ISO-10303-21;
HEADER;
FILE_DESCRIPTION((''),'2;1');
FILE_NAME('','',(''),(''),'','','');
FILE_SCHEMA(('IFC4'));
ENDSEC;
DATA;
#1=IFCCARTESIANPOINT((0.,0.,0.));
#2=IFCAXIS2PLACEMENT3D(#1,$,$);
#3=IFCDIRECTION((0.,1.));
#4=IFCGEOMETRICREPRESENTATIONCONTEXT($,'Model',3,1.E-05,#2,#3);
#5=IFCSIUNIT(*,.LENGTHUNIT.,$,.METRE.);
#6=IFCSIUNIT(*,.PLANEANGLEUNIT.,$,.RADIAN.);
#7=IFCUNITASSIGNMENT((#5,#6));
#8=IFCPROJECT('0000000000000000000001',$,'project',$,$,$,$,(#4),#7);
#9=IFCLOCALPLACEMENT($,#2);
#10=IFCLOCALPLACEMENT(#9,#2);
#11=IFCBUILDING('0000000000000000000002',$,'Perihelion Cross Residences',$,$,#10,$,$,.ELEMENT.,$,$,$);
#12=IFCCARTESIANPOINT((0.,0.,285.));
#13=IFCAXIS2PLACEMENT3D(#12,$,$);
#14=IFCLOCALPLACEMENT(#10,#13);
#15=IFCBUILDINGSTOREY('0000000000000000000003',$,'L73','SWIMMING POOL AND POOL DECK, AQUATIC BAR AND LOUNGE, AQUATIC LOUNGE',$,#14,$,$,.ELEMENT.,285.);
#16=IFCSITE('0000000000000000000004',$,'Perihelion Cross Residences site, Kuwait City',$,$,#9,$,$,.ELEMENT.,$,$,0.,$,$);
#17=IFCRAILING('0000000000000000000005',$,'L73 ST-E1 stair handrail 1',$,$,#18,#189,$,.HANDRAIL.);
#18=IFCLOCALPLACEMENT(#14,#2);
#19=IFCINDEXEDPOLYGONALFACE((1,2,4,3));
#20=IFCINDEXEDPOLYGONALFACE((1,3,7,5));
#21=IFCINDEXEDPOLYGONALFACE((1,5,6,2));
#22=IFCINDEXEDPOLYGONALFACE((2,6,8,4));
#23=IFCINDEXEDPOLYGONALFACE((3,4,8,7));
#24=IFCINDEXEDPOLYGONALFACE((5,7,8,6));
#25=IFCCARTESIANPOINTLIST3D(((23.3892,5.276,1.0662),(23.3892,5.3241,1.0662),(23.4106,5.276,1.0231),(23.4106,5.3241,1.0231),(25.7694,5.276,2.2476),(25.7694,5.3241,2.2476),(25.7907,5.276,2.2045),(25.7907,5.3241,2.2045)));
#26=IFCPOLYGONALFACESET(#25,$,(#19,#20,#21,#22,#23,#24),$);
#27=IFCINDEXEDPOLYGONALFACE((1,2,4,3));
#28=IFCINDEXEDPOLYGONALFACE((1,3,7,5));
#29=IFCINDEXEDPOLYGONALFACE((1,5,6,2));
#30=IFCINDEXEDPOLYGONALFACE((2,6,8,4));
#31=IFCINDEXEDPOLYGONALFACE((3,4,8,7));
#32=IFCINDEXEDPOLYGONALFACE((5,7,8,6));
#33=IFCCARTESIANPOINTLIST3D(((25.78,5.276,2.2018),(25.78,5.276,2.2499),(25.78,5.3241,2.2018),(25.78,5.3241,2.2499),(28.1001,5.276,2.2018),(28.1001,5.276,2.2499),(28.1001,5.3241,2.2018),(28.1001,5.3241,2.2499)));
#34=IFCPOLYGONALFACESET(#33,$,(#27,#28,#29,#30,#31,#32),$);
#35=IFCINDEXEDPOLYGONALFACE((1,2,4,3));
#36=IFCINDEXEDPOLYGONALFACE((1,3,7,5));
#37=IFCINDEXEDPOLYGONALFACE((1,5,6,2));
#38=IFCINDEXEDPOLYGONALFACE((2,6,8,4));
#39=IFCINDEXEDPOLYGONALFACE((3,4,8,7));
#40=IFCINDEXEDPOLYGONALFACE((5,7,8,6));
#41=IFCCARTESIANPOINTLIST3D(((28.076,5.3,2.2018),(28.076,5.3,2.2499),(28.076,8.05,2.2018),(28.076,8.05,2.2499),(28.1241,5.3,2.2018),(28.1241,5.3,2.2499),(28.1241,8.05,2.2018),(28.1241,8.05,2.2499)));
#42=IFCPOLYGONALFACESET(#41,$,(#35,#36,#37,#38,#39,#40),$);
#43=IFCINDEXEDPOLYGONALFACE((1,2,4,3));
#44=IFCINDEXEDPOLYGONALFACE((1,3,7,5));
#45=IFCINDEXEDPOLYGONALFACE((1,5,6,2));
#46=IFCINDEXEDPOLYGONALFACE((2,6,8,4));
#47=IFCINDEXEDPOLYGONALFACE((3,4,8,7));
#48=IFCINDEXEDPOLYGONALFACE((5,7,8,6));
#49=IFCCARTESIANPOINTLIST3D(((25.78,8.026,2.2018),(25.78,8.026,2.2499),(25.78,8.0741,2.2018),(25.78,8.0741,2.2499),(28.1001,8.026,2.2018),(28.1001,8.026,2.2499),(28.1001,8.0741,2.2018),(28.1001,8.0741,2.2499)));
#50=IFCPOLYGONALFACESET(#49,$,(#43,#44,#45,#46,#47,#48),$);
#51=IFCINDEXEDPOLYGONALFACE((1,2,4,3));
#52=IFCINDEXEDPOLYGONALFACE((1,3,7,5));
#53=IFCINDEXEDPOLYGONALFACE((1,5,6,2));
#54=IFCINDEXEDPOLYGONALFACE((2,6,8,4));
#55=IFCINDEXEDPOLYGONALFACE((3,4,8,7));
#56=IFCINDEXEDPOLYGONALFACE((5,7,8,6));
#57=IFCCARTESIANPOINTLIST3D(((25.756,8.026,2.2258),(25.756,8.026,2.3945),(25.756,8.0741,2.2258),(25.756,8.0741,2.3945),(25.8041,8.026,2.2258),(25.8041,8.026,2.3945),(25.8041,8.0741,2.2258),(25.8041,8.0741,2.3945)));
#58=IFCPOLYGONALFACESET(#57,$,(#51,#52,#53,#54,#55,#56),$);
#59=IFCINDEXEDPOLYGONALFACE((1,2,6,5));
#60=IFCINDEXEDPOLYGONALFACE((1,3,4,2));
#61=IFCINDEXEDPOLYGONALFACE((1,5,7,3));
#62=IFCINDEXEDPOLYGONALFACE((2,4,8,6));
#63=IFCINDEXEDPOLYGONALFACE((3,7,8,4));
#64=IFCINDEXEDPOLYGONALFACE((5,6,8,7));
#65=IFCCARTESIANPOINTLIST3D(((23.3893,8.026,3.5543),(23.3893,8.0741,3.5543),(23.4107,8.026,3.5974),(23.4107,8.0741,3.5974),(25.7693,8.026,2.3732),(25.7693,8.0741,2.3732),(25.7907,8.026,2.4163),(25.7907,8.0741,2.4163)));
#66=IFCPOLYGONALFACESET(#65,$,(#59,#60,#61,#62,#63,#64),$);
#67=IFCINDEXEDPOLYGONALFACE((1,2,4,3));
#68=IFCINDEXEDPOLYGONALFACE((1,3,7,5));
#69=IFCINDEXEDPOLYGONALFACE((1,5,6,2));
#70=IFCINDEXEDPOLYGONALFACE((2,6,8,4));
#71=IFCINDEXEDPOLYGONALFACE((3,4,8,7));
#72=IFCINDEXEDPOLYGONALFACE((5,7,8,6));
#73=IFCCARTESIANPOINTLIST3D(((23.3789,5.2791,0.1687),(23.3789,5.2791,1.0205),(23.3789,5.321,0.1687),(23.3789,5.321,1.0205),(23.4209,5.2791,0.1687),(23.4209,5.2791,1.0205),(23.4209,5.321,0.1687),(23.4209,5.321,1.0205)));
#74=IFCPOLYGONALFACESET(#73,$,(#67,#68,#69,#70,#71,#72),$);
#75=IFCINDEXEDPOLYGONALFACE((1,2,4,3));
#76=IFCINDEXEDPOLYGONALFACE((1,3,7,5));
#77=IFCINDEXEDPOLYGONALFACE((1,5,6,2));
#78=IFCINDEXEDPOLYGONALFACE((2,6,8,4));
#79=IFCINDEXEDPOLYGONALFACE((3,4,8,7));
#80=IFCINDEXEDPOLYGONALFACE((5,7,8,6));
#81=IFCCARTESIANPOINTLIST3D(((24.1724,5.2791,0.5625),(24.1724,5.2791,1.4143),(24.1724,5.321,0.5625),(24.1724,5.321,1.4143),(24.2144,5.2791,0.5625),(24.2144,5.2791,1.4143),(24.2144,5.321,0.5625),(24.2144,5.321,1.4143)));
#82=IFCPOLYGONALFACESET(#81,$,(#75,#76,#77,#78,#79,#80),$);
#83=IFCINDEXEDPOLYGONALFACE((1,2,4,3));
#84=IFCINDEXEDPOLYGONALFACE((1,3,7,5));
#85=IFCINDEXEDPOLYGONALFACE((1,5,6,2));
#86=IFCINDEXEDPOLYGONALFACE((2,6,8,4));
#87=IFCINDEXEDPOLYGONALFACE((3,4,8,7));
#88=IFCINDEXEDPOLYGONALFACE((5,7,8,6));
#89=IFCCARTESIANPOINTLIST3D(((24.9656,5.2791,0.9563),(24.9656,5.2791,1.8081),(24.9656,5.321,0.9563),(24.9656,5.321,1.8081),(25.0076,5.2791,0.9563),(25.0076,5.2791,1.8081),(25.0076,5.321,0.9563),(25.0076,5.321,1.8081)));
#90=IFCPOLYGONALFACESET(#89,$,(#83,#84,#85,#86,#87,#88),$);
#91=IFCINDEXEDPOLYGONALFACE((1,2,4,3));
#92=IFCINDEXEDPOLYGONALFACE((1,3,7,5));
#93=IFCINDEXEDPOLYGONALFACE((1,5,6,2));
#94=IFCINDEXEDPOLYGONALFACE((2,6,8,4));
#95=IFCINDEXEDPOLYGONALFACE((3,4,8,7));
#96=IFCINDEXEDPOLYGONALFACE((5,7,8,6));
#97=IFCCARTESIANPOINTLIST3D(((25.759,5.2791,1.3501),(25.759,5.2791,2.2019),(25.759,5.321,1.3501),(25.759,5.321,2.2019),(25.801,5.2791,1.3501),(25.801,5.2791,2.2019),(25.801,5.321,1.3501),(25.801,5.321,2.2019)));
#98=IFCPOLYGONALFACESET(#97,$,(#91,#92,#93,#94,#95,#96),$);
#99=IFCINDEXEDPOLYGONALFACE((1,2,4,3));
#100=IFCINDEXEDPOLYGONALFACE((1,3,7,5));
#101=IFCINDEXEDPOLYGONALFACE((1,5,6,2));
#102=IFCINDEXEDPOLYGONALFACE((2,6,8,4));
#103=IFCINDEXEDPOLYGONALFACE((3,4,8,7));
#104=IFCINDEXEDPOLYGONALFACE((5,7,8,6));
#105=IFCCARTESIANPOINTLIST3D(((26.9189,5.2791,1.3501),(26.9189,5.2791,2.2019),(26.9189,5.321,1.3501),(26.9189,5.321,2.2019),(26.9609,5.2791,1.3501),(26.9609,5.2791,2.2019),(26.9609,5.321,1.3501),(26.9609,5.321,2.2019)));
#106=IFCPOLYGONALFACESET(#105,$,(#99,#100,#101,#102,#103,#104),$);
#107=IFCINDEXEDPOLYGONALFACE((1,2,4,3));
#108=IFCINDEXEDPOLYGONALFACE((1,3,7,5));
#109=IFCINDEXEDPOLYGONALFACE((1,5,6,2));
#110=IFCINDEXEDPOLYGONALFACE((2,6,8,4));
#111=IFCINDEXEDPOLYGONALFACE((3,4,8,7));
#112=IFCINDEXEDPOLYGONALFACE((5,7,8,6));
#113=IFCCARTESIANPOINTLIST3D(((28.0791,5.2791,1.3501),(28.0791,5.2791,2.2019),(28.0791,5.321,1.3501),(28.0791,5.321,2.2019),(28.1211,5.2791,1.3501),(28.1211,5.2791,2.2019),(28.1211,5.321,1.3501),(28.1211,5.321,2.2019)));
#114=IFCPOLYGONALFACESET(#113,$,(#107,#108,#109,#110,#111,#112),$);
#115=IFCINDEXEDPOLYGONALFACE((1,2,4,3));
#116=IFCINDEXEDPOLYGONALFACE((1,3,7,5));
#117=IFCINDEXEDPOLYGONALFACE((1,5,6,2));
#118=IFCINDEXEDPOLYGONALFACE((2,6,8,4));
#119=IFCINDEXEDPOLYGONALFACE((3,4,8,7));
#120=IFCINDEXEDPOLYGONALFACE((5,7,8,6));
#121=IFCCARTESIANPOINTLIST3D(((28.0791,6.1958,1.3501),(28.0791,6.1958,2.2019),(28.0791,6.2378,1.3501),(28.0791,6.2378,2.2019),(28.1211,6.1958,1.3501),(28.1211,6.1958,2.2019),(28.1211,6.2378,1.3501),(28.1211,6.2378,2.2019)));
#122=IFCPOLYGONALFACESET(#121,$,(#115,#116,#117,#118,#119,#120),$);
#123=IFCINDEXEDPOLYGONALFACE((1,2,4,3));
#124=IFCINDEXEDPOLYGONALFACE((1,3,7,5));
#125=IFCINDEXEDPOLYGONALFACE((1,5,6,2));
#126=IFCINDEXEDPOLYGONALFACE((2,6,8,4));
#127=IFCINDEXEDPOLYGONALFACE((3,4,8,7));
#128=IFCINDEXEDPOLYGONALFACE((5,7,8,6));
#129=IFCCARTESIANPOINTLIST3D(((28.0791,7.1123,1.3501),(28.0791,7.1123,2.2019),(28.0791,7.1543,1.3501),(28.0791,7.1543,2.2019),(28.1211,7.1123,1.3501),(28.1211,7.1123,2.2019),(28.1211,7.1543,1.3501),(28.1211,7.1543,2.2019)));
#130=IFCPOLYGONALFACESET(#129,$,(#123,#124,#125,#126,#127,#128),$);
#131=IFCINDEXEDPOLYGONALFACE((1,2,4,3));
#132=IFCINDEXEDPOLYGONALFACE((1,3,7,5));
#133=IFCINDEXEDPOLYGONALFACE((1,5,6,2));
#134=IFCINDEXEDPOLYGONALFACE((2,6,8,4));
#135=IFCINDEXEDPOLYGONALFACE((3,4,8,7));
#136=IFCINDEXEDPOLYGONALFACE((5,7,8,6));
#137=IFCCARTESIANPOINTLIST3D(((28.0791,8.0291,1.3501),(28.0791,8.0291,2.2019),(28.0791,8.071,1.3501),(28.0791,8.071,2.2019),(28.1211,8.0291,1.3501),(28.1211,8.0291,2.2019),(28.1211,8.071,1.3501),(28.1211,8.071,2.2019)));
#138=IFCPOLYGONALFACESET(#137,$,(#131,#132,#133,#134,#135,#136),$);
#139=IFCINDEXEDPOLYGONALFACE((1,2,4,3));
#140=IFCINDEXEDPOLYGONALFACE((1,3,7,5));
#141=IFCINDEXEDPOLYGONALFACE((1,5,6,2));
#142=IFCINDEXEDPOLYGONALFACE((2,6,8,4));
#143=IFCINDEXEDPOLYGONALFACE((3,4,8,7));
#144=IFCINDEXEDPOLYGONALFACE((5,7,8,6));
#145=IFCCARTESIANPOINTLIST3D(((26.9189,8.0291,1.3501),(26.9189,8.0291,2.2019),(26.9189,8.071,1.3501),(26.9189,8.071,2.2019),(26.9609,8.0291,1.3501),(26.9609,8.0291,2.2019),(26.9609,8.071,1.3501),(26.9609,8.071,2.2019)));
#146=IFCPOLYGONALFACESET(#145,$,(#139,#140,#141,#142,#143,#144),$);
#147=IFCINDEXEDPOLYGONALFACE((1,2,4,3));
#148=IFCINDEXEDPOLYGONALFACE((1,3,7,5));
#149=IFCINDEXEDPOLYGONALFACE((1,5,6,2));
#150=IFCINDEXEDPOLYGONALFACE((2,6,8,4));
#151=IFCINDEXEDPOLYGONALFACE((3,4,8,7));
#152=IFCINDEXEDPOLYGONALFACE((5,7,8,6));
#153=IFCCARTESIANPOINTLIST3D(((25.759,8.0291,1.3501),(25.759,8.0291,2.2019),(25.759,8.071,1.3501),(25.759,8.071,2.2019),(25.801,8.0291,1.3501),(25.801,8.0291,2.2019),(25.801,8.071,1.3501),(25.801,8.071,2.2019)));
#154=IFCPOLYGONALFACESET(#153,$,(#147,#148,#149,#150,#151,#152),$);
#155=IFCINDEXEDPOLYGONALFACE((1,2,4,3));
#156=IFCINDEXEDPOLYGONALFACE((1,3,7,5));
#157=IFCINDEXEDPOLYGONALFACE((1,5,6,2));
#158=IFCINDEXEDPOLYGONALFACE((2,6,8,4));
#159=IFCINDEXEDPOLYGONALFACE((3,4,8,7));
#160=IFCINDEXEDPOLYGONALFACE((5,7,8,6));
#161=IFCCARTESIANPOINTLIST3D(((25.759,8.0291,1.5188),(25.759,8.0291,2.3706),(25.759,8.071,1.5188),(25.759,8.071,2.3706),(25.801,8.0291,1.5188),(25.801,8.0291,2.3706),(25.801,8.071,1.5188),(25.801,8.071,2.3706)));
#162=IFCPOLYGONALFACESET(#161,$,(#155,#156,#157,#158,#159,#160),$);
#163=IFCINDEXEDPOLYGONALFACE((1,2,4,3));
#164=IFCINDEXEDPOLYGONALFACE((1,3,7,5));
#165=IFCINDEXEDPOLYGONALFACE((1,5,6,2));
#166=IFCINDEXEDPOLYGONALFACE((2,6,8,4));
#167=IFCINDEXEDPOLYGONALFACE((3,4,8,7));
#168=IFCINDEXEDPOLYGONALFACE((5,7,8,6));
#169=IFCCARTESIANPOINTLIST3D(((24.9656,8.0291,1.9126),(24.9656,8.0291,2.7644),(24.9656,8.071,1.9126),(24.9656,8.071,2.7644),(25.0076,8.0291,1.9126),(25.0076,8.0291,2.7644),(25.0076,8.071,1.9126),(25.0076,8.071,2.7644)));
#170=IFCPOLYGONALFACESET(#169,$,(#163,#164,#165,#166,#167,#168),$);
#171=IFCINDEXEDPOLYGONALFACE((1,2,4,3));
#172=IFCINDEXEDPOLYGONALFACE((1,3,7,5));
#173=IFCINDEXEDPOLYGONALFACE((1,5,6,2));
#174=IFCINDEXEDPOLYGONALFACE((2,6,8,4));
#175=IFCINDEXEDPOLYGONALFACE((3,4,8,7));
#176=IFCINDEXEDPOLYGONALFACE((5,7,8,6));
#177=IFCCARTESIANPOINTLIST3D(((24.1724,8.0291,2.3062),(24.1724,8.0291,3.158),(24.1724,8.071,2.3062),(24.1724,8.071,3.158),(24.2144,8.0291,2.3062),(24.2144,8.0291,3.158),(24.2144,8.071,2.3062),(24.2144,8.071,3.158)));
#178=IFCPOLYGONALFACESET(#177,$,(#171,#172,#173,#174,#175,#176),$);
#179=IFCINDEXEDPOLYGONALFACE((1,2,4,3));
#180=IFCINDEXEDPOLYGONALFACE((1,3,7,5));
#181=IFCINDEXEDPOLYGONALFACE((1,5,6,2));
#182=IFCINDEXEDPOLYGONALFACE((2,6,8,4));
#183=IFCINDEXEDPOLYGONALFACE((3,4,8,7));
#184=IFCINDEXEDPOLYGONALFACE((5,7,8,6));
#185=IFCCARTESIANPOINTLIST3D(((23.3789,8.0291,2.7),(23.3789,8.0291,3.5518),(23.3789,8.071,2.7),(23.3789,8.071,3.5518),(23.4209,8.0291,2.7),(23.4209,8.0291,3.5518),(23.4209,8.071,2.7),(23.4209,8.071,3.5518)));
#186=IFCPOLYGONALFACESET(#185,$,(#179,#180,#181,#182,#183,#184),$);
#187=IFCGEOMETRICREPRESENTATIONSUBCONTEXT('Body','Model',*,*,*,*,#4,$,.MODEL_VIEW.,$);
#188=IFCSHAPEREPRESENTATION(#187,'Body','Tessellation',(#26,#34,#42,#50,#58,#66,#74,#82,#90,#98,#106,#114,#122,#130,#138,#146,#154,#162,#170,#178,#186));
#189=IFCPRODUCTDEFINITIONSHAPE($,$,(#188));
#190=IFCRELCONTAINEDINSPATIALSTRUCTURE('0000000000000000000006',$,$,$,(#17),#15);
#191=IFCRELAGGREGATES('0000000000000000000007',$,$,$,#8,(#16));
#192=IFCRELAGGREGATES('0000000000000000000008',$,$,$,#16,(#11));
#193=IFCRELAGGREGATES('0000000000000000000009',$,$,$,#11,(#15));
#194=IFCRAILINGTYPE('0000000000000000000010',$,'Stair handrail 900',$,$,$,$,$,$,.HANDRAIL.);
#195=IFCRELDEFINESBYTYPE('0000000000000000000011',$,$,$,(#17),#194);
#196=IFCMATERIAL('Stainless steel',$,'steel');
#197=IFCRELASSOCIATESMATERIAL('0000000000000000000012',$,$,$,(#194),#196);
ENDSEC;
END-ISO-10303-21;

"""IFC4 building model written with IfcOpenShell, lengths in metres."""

from ifc_helpers import new_model, si_unit, direction, frame, origin, origin_2d, place, context, subcontext, project, spatial, rectangle, extrude, material, type_object, element, save


model = new_model("IFC4")

# Units and contexts
model_context = context("Model", 3, precision=1e-05, world=origin(), true_north=direction((0.0, 1.0)))
body_context = subcontext(model_context, "Body", "Model", "MODEL_VIEW")
ifc_project = project(units=[si_unit("LENGTHUNIT", "METRE"), si_unit("PLANEANGLEUNIT", "RADIAN")], contexts=[model_context])

# Site, building, storey
site_placement = place(None, origin())
site = spatial("IfcSite", under=ifc_project, at=site_placement, Name="Perihelion Cross Residences site, Kuwait City", CompositionType="ELEMENT", RefElevation=0.0)
building_placement = place(site_placement, origin())
building = spatial("IfcBuilding", under=site, at=building_placement, Name="Perihelion Cross Residences", CompositionType="ELEMENT")
storey_placement = place(building_placement, frame((0.0, 0.0, 285.0)))
storey = spatial("IfcBuildingStorey", under=building, at=storey_placement, Name="L73", Description="SWIMMING POOL AND POOL DECK, AQUATIC BAR AND LOUNGE, AQUATIC LOUNGE", CompositionType="ELEMENT", Elevation=285.0)

# Railing
ifc_material_1 = material(Name="Stainless steel", Category="steel")
railing_type_1 = type_object("IfcRailingType", Name="Stair handrail 900", PredefinedType="HANDRAIL", material=ifc_material_1)
railing_1_placement = place(storey_placement, frame((23.3999, 5.3, 0.1687)))
element("IfcRailing", 1, at=railing_1_placement, inside=storey, type_object=railing_type_1, Name="L73 ST-E1 stair handrail 1", PredefinedType="HANDRAIL", context=body_context, shape_type="SweptSolid", body=[
    extrude(rectangle(XDim=0.0481, YDim=0.0481, at=origin_2d()), frame((0.0, 0.0, 0.876), z_axis=(0.895728, 0.0, 0.444602), x_axis=(0.0, 1.0, 0.0)), (0.0, 0.0, 1.0), 2.6572),
    extrude(rectangle(XDim=0.0481, YDim=0.0481, at=origin_2d()), frame((2.3801, 0.0, 2.0571), z_axis=(1.0, 0.0, 0.0), x_axis=(0.0, 1.0, 0.0)), (0.0, 0.0, 1.0), 2.3201),
    extrude(rectangle(XDim=0.0481, YDim=0.0481, at=origin_2d()), frame((4.7002, 0.0, 2.0571), z_axis=(0.0, 1.0, 0.0), x_axis=(-1.0, 0.0, 0.0)), (0.0, 0.0, 1.0), 2.75),
    extrude(rectangle(XDim=0.0481, YDim=0.0481, at=origin_2d()), frame((4.7002, 2.75, 2.0571), z_axis=(-1.0, 0.0, 0.0), x_axis=(0.0, -1.0, 0.0)), (0.0, 0.0, 1.0), 2.3201),
    extrude(rectangle(XDim=0.0481, YDim=0.0481, at=origin_2d()), frame((2.3801, 2.75, 2.0571), z_axis=(0.0, 0.0, 1.0), x_axis=(1.0, 0.0, 0.0)), (0.0, 0.0, 1.0), 0.1687),
    extrude(rectangle(XDim=0.0481, YDim=0.0481, at=origin_2d()), frame((2.3801, 2.75, 2.2261), z_axis=(-0.895765, 0.0, 0.444529), x_axis=(0.0, -1.0, 0.0)), (0.0, 0.0, 1.0), 2.657),
    extrude(rectangle(XDim=0.042, YDim=0.042, at=origin_2d()), origin(), (0.0, 0.0, 1.0), 0.8518),
    extrude(rectangle(XDim=0.042, YDim=0.042, at=origin_2d()), frame((0.7935, 0.0, 0.3938)), (0.0, 0.0, 1.0), 0.8518),
    extrude(rectangle(XDim=0.042, YDim=0.042, at=origin_2d()), frame((1.5867, 0.0, 0.7876)), (0.0, 0.0, 1.0), 0.8518),
    extrude(rectangle(XDim=0.042, YDim=0.042, at=origin_2d()), frame((2.3801, 0.0, 1.1814)), (0.0, 0.0, 1.0), 0.8518),
    extrude(rectangle(XDim=0.042, YDim=0.042, at=origin_2d()), frame((3.54, 0.0, 1.1814)), (0.0, 0.0, 1.0), 0.8518),
    extrude(rectangle(XDim=0.042, YDim=0.042, at=origin_2d()), frame((4.7002, 0.0, 1.1814)), (0.0, 0.0, 1.0), 0.8518),
    extrude(rectangle(XDim=0.042, YDim=0.042, at=origin_2d()), frame((4.7002, 0.9167, 1.1814)), (0.0, 0.0, 1.0), 0.8518),
    extrude(rectangle(XDim=0.042, YDim=0.042, at=origin_2d()), frame((4.7002, 1.8333, 1.1814)), (0.0, 0.0, 1.0), 0.8518),
    extrude(rectangle(XDim=0.042, YDim=0.042, at=origin_2d()), frame((4.7002, 2.75, 1.1814)), (0.0, 0.0, 1.0), 0.8518),
    extrude(rectangle(XDim=0.042, YDim=0.042, at=origin_2d()), frame((3.54, 2.75, 1.1814)), (0.0, 0.0, 1.0), 0.8518),
    extrude(rectangle(XDim=0.042, YDim=0.042, at=origin_2d()), frame((2.3801, 2.75, 1.1814)), (0.0, 0.0, 1.0), 0.8518),
    extrude(rectangle(XDim=0.042, YDim=0.042, at=origin_2d()), frame((2.3801, 2.75, 1.3501)), (0.0, 0.0, 1.0), 0.8518),
    extrude(rectangle(XDim=0.042, YDim=0.042, at=origin_2d()), frame((1.5867, 2.75, 1.7439)), (0.0, 0.0, 1.0), 0.8518),
    extrude(rectangle(XDim=0.042, YDim=0.042, at=origin_2d()), frame((0.7935, 2.75, 2.1375)), (0.0, 0.0, 1.0), 0.8518),
    extrude(rectangle(XDim=0.042, YDim=0.042, at=origin_2d()), frame((0.0, 2.75, 2.5312)), (0.0, 0.0, 1.0), 0.8518),
])

save(model, "model.ifc")
